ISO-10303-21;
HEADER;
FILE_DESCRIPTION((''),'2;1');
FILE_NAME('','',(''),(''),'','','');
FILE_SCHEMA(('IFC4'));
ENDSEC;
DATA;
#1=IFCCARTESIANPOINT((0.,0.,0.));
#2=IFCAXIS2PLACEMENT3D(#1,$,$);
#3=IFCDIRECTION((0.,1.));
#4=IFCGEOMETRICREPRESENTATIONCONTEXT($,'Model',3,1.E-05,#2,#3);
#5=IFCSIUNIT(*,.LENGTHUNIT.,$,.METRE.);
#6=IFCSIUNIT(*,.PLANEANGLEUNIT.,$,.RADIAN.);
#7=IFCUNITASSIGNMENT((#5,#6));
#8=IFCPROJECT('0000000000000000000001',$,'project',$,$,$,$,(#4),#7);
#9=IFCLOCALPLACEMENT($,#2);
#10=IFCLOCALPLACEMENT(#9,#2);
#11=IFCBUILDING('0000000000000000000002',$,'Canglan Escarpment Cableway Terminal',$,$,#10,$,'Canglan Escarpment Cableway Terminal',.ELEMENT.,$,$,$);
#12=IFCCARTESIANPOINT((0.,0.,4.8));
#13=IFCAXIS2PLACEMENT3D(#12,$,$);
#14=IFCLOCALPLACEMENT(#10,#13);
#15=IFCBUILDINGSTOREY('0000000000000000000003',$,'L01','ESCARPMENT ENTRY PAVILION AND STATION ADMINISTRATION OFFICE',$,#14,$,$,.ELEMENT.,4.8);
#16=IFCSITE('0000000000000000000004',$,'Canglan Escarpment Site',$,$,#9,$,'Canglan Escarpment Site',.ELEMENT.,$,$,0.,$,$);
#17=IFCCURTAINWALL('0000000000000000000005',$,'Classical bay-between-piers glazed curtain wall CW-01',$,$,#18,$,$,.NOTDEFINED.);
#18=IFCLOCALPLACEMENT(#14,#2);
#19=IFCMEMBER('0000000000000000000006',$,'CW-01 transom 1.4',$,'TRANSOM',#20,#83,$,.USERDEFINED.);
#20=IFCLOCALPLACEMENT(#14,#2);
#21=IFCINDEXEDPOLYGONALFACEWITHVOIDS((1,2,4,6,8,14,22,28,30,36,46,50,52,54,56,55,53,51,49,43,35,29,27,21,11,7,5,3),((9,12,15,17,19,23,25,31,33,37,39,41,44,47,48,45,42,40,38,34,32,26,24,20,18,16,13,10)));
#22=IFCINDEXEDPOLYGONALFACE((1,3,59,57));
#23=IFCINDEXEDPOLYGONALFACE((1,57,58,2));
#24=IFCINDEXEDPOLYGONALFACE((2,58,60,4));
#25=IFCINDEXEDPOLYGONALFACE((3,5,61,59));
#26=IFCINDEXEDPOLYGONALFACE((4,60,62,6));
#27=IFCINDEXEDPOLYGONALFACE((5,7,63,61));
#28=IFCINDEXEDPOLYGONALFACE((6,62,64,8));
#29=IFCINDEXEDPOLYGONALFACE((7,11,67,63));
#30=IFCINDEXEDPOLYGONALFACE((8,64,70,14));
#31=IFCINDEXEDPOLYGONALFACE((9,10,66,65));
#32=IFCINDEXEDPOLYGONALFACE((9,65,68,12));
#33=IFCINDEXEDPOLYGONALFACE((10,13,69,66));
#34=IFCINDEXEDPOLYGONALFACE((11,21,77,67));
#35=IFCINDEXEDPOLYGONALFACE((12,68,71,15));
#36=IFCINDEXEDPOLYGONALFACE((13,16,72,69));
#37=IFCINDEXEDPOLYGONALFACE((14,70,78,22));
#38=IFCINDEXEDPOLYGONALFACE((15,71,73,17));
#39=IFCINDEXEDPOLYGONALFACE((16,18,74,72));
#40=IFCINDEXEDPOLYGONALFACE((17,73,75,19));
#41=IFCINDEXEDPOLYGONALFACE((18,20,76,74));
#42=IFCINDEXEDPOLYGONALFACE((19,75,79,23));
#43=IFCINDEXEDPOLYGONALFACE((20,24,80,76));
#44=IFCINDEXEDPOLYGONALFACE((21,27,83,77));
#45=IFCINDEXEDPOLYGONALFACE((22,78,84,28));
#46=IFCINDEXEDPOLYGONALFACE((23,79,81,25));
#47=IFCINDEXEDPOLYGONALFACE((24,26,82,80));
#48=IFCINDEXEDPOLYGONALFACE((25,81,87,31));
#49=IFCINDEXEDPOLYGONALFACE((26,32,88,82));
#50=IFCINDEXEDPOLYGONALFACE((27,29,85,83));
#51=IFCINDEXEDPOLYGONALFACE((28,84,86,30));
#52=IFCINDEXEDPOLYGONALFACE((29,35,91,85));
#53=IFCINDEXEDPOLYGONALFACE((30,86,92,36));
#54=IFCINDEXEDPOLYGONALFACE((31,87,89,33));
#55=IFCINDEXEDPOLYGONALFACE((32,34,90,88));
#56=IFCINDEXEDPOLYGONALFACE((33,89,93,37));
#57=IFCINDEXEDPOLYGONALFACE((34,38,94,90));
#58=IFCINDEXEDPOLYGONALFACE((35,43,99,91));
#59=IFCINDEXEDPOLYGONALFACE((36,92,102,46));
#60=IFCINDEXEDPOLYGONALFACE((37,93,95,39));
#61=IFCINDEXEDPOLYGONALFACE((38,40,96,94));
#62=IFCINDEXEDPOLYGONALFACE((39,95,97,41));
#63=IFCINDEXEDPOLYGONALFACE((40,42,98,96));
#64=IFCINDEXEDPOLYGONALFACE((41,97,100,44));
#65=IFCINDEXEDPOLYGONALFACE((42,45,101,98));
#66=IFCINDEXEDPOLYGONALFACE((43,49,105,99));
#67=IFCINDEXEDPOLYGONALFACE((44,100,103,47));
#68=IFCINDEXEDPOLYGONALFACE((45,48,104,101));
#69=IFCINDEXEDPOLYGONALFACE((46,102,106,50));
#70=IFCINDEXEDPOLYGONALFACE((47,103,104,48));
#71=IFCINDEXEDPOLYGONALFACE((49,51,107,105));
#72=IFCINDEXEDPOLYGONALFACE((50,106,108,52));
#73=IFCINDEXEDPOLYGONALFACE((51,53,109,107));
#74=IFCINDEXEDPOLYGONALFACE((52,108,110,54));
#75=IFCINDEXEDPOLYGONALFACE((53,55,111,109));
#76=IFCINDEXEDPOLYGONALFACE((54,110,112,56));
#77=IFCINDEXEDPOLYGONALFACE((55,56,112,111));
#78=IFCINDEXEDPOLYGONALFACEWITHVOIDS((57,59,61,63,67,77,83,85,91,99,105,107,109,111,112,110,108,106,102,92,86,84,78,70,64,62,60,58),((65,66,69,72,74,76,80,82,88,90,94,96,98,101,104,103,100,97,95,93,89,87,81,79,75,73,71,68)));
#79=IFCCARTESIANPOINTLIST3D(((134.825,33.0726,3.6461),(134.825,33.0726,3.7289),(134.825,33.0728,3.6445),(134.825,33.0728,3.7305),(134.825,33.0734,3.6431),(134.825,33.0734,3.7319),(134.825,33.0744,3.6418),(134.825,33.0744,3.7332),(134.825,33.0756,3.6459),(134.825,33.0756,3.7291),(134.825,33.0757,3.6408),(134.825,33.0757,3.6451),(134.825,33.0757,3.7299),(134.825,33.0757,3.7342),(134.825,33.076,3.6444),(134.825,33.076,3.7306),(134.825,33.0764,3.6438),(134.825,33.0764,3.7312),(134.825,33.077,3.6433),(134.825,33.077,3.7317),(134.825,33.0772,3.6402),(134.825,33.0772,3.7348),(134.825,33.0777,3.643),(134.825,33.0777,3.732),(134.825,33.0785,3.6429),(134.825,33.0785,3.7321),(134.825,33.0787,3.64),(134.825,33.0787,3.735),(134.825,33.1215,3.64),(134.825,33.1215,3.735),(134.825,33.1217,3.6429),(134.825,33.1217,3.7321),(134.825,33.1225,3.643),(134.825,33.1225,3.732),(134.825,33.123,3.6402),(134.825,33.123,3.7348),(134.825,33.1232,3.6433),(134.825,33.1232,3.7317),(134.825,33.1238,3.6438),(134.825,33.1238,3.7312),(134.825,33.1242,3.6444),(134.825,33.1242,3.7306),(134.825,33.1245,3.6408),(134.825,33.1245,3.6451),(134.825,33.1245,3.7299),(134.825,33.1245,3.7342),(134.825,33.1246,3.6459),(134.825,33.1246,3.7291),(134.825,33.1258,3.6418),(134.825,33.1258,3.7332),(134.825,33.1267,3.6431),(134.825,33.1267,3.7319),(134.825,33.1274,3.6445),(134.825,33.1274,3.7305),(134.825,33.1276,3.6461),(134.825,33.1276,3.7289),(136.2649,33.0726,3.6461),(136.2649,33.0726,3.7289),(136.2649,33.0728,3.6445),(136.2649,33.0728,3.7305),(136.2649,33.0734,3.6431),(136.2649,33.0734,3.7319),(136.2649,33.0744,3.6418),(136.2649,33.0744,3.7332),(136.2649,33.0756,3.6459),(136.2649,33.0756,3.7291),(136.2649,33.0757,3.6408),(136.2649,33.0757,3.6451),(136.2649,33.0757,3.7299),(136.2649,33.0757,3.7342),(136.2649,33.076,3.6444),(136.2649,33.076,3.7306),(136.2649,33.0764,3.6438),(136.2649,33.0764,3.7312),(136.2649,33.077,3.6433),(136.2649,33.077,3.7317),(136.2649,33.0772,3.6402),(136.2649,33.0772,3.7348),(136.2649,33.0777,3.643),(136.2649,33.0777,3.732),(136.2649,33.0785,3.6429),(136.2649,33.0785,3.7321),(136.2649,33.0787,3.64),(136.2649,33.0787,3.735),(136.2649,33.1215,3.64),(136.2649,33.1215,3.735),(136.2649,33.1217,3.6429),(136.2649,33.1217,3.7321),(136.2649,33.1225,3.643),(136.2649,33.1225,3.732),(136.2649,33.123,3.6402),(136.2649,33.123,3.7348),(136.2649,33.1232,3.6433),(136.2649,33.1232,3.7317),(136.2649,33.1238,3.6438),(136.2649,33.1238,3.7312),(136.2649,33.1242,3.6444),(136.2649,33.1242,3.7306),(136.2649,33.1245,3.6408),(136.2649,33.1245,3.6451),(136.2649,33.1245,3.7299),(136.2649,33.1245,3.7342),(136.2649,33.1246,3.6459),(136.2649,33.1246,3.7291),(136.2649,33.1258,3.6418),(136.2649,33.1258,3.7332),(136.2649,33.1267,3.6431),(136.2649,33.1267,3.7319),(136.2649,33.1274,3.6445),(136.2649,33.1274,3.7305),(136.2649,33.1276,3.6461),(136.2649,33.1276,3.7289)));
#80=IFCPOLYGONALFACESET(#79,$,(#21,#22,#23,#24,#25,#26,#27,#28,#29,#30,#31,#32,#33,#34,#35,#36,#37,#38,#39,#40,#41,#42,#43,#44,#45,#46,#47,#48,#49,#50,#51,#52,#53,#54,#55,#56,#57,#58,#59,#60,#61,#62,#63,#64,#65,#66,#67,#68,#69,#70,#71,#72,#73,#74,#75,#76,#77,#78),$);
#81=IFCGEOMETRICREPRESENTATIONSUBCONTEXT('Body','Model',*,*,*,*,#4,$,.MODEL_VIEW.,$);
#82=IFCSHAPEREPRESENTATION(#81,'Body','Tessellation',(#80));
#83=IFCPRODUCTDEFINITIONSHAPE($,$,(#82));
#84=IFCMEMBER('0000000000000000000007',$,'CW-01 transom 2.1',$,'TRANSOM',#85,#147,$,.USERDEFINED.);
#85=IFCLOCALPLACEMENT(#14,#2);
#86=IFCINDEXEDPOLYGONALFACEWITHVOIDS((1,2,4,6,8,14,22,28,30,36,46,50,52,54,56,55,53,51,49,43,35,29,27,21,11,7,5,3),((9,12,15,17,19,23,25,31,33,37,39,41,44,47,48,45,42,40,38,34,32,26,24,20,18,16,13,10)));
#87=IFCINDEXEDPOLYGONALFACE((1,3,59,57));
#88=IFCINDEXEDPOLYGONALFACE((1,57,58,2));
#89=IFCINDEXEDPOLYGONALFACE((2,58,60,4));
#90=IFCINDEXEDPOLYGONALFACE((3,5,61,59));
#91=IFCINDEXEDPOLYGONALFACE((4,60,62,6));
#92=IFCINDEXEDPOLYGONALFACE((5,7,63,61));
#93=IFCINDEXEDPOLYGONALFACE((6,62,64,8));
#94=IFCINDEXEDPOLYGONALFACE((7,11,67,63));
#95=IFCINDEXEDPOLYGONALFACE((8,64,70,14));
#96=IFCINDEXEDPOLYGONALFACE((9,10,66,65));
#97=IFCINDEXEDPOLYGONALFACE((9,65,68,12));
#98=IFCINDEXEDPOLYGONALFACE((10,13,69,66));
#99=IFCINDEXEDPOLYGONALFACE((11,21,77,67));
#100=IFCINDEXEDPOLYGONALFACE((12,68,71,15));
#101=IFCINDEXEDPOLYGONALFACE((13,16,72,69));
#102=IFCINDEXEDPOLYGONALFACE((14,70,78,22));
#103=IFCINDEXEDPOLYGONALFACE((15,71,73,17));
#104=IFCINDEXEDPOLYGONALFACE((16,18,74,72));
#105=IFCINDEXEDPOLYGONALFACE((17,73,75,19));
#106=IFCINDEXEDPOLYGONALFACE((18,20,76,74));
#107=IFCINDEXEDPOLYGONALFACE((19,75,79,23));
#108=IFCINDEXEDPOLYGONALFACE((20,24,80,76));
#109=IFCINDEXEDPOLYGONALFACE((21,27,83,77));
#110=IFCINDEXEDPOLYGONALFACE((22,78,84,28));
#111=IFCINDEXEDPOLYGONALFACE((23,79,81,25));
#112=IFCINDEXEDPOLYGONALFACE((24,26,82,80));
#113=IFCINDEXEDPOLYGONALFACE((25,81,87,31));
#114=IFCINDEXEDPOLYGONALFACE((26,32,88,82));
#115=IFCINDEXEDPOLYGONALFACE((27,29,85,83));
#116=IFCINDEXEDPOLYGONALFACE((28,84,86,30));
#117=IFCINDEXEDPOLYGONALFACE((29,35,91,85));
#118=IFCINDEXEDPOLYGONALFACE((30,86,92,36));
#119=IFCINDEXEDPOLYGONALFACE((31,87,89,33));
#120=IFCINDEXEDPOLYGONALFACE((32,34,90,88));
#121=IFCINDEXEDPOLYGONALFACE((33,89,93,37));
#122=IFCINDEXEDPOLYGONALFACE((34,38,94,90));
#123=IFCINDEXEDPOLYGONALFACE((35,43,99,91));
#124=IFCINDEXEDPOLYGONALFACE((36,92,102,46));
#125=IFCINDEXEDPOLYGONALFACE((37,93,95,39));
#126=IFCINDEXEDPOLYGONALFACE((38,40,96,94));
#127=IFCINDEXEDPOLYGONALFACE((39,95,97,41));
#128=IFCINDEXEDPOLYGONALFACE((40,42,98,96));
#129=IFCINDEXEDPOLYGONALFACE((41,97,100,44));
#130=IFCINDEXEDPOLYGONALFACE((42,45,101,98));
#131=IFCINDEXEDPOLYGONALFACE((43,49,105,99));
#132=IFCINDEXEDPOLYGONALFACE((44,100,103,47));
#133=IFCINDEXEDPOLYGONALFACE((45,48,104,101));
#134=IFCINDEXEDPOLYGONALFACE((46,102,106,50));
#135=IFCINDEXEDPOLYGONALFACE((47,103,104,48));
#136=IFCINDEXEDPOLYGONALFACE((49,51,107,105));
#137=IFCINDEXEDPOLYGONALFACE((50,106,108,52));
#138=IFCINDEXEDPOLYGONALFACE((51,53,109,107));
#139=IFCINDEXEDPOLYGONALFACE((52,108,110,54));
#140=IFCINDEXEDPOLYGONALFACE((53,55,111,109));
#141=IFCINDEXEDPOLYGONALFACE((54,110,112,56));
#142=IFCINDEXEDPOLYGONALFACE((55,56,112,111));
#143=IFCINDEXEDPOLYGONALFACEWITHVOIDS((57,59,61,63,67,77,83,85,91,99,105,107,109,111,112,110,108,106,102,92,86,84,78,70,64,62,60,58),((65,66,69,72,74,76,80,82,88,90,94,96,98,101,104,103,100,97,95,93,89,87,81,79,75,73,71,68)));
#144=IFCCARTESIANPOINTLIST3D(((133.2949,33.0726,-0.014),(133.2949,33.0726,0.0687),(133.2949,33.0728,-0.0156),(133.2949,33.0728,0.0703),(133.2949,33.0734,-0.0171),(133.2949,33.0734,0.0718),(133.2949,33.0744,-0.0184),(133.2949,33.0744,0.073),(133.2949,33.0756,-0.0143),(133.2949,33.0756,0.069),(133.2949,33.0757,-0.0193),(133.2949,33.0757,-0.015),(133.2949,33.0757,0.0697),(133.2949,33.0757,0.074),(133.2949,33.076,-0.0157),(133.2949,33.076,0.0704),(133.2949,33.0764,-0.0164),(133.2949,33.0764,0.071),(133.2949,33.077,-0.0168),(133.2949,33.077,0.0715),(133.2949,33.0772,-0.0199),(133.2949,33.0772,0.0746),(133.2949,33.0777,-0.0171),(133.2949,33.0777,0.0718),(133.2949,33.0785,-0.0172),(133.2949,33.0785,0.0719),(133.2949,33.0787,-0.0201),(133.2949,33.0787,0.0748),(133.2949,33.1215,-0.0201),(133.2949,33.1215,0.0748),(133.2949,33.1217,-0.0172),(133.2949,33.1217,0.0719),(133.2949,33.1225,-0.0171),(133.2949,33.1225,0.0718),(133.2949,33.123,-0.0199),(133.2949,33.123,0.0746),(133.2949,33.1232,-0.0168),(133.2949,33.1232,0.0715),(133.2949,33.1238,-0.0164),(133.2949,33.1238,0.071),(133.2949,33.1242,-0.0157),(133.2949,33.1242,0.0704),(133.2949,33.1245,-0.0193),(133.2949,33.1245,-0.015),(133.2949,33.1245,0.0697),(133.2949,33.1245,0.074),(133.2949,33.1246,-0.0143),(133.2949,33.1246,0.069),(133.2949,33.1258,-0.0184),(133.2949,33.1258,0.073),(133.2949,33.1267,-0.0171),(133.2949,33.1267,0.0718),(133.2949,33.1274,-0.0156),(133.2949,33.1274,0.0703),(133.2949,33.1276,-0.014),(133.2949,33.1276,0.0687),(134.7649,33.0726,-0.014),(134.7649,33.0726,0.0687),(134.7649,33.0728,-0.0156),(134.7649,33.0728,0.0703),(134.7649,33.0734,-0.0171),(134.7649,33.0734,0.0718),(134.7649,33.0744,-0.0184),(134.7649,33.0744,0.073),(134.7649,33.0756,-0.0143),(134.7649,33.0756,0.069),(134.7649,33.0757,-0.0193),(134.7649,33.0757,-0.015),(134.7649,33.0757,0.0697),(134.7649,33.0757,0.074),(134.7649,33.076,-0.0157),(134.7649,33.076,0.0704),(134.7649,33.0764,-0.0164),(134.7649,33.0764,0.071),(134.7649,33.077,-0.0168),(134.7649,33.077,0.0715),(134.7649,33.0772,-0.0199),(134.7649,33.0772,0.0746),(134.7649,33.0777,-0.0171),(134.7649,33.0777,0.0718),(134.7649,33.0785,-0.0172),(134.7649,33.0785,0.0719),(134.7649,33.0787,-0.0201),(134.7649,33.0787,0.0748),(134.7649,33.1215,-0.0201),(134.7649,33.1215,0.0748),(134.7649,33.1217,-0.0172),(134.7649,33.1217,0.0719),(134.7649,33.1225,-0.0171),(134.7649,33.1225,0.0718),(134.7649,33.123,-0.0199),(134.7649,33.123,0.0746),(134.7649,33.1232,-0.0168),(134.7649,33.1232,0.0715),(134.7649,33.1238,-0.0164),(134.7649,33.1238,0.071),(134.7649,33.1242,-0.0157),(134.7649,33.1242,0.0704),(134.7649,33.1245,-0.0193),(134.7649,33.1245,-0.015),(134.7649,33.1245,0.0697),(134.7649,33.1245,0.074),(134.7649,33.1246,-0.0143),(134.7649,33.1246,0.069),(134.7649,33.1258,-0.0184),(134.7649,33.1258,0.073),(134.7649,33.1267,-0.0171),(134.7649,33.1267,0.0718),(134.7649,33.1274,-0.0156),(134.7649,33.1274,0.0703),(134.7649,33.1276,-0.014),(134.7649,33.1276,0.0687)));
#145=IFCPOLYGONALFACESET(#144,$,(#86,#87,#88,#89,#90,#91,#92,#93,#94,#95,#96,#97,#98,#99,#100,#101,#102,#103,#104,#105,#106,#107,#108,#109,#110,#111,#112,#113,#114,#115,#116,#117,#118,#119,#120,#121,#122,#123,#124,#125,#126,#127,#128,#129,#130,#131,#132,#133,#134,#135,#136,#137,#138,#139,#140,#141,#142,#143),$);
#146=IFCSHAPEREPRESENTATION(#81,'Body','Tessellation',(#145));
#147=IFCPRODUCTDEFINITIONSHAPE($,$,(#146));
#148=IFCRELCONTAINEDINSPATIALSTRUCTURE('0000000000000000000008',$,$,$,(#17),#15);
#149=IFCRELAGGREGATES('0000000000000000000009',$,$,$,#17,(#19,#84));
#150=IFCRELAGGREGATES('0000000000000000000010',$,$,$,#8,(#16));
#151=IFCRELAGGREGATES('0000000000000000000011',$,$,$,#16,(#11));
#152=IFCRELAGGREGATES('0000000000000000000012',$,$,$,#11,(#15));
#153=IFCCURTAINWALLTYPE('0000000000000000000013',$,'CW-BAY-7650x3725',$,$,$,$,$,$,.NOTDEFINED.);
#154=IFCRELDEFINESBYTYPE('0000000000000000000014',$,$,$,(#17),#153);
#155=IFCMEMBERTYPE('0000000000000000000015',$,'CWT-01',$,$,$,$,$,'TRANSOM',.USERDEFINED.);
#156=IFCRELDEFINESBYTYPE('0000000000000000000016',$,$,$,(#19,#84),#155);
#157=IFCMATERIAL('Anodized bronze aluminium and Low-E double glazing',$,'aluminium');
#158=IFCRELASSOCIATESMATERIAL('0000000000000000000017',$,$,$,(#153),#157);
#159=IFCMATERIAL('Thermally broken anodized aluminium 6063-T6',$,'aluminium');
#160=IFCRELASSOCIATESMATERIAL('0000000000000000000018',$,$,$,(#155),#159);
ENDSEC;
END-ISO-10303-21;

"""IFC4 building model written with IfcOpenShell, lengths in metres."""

from ifc_helpers import new_model, si_unit, direction, frame, origin, origin_2d, place, context, subcontext, project, spatial, hollow_rectangle, extrude, material, material_profile, profile_set, type_object, element, aggregate, save


model = new_model("IFC4")

# Units and contexts
model_context = context("Model", 3, precision=1e-05, world=origin(), true_north=direction((0.0, 1.0)))
body_context = subcontext(model_context, "Body", "Model", "MODEL_VIEW")
ifc_project = project(units=[si_unit("LENGTHUNIT", "METRE"), si_unit("PLANEANGLEUNIT", "RADIAN")], contexts=[model_context])

# Site, building, storey
site_placement = place(None, origin())
site = spatial("IfcSite", under=ifc_project, at=site_placement, Name="Canglan Escarpment Site", LongName="Canglan Escarpment Site", CompositionType="ELEMENT", RefElevation=0.0)
building_placement = place(site_placement, origin())
building = spatial("IfcBuilding", under=site, at=building_placement, Name="Canglan Escarpment Cableway Terminal", LongName="Canglan Escarpment Cableway Terminal", CompositionType="ELEMENT")
storey_placement = place(building_placement, frame((0.0, 0.0, 4.8)))
storey = spatial("IfcBuildingStorey", under=building, at=storey_placement, Name="L01", Description="ESCARPMENT ENTRY PAVILION AND STATION ADMINISTRATION OFFICE", CompositionType="ELEMENT", Elevation=4.8)

# Curtain wall, members
ifc_material_1 = material(Name="Anodized bronze aluminium and Low-E double glazing", Category="aluminium")
curtain_wall_type = type_object("IfcCurtainWallType", Name="CW-BAY-7650x3725", PredefinedType="NOTDEFINED", material=ifc_material_1)
curtain_wall_placement = place(storey_placement, origin())
curtain_wall = element("IfcCurtainWall", 1, at=curtain_wall_placement, inside=storey, type_object=curtain_wall_type, Name="Classical bay-between-piers glazed curtain wall CW-01", PredefinedType="NOTDEFINED")
ifc_material_2 = material(Name="Thermally broken anodized aluminium 6063-T6", Category="aluminium")
ifc_material_profile_1 = material_profile(ifc_material_2, hollow_rectangle(XDim=0.0549, YDim=0.095, WallThickness=0.0029, InnerFilletRadius=0.0029, OuterFilletRadius=0.0061, at=origin_2d()), Name="ALU-TRAN 55x95x3")
ifc_profile_set_1 = profile_set([ifc_material_profile_1], Name="Thermally broken anodized aluminium 6063-T6")
member_type_1 = type_object("IfcMemberType", Name="CWT-01", ElementType="TRANSOM", PredefinedType="USERDEFINED", material=ifc_profile_set_1)
member_1_placement = place(storey_placement, frame((136.2649, 33.1001, 3.6875), z_axis=(-1.0, 0.0, 0.0), x_axis=(0.0, -1.0, 0.0)))
member_1 = element("IfcMember", 2, at=member_1_placement, type_object=member_type_1, Name="CW-01 transom 1.4", ObjectType="TRANSOM", PredefinedType="USERDEFINED", context=body_context, shape_type="SweptSolid", body=[
    extrude(hollow_rectangle(XDim=0.0549, YDim=0.095, WallThickness=0.0029, InnerFilletRadius=0.0029, OuterFilletRadius=0.0061, at=origin_2d()), origin(), (0.0, 0.0, 1.0), 1.4399),
])
member_2_placement = place(storey_placement, frame((134.7649, 33.1001, 0.0273), z_axis=(-1.0, 0.0, 0.0), x_axis=(0.0, -1.0, 0.0)))
member_2 = element("IfcMember", 3, at=member_2_placement, type_object=member_type_1, Name="CW-01 transom 2.1", ObjectType="TRANSOM", PredefinedType="USERDEFINED", context=body_context, shape_type="SweptSolid", body=[
    extrude(hollow_rectangle(XDim=0.0549, YDim=0.095, WallThickness=0.0029, InnerFilletRadius=0.0029, OuterFilletRadius=0.0061, at=origin_2d()), origin(), (0.0, 0.0, 1.0), 1.47),
])
aggregate(curtain_wall, [member_1, member_2])

save(model, "model.ifc")
